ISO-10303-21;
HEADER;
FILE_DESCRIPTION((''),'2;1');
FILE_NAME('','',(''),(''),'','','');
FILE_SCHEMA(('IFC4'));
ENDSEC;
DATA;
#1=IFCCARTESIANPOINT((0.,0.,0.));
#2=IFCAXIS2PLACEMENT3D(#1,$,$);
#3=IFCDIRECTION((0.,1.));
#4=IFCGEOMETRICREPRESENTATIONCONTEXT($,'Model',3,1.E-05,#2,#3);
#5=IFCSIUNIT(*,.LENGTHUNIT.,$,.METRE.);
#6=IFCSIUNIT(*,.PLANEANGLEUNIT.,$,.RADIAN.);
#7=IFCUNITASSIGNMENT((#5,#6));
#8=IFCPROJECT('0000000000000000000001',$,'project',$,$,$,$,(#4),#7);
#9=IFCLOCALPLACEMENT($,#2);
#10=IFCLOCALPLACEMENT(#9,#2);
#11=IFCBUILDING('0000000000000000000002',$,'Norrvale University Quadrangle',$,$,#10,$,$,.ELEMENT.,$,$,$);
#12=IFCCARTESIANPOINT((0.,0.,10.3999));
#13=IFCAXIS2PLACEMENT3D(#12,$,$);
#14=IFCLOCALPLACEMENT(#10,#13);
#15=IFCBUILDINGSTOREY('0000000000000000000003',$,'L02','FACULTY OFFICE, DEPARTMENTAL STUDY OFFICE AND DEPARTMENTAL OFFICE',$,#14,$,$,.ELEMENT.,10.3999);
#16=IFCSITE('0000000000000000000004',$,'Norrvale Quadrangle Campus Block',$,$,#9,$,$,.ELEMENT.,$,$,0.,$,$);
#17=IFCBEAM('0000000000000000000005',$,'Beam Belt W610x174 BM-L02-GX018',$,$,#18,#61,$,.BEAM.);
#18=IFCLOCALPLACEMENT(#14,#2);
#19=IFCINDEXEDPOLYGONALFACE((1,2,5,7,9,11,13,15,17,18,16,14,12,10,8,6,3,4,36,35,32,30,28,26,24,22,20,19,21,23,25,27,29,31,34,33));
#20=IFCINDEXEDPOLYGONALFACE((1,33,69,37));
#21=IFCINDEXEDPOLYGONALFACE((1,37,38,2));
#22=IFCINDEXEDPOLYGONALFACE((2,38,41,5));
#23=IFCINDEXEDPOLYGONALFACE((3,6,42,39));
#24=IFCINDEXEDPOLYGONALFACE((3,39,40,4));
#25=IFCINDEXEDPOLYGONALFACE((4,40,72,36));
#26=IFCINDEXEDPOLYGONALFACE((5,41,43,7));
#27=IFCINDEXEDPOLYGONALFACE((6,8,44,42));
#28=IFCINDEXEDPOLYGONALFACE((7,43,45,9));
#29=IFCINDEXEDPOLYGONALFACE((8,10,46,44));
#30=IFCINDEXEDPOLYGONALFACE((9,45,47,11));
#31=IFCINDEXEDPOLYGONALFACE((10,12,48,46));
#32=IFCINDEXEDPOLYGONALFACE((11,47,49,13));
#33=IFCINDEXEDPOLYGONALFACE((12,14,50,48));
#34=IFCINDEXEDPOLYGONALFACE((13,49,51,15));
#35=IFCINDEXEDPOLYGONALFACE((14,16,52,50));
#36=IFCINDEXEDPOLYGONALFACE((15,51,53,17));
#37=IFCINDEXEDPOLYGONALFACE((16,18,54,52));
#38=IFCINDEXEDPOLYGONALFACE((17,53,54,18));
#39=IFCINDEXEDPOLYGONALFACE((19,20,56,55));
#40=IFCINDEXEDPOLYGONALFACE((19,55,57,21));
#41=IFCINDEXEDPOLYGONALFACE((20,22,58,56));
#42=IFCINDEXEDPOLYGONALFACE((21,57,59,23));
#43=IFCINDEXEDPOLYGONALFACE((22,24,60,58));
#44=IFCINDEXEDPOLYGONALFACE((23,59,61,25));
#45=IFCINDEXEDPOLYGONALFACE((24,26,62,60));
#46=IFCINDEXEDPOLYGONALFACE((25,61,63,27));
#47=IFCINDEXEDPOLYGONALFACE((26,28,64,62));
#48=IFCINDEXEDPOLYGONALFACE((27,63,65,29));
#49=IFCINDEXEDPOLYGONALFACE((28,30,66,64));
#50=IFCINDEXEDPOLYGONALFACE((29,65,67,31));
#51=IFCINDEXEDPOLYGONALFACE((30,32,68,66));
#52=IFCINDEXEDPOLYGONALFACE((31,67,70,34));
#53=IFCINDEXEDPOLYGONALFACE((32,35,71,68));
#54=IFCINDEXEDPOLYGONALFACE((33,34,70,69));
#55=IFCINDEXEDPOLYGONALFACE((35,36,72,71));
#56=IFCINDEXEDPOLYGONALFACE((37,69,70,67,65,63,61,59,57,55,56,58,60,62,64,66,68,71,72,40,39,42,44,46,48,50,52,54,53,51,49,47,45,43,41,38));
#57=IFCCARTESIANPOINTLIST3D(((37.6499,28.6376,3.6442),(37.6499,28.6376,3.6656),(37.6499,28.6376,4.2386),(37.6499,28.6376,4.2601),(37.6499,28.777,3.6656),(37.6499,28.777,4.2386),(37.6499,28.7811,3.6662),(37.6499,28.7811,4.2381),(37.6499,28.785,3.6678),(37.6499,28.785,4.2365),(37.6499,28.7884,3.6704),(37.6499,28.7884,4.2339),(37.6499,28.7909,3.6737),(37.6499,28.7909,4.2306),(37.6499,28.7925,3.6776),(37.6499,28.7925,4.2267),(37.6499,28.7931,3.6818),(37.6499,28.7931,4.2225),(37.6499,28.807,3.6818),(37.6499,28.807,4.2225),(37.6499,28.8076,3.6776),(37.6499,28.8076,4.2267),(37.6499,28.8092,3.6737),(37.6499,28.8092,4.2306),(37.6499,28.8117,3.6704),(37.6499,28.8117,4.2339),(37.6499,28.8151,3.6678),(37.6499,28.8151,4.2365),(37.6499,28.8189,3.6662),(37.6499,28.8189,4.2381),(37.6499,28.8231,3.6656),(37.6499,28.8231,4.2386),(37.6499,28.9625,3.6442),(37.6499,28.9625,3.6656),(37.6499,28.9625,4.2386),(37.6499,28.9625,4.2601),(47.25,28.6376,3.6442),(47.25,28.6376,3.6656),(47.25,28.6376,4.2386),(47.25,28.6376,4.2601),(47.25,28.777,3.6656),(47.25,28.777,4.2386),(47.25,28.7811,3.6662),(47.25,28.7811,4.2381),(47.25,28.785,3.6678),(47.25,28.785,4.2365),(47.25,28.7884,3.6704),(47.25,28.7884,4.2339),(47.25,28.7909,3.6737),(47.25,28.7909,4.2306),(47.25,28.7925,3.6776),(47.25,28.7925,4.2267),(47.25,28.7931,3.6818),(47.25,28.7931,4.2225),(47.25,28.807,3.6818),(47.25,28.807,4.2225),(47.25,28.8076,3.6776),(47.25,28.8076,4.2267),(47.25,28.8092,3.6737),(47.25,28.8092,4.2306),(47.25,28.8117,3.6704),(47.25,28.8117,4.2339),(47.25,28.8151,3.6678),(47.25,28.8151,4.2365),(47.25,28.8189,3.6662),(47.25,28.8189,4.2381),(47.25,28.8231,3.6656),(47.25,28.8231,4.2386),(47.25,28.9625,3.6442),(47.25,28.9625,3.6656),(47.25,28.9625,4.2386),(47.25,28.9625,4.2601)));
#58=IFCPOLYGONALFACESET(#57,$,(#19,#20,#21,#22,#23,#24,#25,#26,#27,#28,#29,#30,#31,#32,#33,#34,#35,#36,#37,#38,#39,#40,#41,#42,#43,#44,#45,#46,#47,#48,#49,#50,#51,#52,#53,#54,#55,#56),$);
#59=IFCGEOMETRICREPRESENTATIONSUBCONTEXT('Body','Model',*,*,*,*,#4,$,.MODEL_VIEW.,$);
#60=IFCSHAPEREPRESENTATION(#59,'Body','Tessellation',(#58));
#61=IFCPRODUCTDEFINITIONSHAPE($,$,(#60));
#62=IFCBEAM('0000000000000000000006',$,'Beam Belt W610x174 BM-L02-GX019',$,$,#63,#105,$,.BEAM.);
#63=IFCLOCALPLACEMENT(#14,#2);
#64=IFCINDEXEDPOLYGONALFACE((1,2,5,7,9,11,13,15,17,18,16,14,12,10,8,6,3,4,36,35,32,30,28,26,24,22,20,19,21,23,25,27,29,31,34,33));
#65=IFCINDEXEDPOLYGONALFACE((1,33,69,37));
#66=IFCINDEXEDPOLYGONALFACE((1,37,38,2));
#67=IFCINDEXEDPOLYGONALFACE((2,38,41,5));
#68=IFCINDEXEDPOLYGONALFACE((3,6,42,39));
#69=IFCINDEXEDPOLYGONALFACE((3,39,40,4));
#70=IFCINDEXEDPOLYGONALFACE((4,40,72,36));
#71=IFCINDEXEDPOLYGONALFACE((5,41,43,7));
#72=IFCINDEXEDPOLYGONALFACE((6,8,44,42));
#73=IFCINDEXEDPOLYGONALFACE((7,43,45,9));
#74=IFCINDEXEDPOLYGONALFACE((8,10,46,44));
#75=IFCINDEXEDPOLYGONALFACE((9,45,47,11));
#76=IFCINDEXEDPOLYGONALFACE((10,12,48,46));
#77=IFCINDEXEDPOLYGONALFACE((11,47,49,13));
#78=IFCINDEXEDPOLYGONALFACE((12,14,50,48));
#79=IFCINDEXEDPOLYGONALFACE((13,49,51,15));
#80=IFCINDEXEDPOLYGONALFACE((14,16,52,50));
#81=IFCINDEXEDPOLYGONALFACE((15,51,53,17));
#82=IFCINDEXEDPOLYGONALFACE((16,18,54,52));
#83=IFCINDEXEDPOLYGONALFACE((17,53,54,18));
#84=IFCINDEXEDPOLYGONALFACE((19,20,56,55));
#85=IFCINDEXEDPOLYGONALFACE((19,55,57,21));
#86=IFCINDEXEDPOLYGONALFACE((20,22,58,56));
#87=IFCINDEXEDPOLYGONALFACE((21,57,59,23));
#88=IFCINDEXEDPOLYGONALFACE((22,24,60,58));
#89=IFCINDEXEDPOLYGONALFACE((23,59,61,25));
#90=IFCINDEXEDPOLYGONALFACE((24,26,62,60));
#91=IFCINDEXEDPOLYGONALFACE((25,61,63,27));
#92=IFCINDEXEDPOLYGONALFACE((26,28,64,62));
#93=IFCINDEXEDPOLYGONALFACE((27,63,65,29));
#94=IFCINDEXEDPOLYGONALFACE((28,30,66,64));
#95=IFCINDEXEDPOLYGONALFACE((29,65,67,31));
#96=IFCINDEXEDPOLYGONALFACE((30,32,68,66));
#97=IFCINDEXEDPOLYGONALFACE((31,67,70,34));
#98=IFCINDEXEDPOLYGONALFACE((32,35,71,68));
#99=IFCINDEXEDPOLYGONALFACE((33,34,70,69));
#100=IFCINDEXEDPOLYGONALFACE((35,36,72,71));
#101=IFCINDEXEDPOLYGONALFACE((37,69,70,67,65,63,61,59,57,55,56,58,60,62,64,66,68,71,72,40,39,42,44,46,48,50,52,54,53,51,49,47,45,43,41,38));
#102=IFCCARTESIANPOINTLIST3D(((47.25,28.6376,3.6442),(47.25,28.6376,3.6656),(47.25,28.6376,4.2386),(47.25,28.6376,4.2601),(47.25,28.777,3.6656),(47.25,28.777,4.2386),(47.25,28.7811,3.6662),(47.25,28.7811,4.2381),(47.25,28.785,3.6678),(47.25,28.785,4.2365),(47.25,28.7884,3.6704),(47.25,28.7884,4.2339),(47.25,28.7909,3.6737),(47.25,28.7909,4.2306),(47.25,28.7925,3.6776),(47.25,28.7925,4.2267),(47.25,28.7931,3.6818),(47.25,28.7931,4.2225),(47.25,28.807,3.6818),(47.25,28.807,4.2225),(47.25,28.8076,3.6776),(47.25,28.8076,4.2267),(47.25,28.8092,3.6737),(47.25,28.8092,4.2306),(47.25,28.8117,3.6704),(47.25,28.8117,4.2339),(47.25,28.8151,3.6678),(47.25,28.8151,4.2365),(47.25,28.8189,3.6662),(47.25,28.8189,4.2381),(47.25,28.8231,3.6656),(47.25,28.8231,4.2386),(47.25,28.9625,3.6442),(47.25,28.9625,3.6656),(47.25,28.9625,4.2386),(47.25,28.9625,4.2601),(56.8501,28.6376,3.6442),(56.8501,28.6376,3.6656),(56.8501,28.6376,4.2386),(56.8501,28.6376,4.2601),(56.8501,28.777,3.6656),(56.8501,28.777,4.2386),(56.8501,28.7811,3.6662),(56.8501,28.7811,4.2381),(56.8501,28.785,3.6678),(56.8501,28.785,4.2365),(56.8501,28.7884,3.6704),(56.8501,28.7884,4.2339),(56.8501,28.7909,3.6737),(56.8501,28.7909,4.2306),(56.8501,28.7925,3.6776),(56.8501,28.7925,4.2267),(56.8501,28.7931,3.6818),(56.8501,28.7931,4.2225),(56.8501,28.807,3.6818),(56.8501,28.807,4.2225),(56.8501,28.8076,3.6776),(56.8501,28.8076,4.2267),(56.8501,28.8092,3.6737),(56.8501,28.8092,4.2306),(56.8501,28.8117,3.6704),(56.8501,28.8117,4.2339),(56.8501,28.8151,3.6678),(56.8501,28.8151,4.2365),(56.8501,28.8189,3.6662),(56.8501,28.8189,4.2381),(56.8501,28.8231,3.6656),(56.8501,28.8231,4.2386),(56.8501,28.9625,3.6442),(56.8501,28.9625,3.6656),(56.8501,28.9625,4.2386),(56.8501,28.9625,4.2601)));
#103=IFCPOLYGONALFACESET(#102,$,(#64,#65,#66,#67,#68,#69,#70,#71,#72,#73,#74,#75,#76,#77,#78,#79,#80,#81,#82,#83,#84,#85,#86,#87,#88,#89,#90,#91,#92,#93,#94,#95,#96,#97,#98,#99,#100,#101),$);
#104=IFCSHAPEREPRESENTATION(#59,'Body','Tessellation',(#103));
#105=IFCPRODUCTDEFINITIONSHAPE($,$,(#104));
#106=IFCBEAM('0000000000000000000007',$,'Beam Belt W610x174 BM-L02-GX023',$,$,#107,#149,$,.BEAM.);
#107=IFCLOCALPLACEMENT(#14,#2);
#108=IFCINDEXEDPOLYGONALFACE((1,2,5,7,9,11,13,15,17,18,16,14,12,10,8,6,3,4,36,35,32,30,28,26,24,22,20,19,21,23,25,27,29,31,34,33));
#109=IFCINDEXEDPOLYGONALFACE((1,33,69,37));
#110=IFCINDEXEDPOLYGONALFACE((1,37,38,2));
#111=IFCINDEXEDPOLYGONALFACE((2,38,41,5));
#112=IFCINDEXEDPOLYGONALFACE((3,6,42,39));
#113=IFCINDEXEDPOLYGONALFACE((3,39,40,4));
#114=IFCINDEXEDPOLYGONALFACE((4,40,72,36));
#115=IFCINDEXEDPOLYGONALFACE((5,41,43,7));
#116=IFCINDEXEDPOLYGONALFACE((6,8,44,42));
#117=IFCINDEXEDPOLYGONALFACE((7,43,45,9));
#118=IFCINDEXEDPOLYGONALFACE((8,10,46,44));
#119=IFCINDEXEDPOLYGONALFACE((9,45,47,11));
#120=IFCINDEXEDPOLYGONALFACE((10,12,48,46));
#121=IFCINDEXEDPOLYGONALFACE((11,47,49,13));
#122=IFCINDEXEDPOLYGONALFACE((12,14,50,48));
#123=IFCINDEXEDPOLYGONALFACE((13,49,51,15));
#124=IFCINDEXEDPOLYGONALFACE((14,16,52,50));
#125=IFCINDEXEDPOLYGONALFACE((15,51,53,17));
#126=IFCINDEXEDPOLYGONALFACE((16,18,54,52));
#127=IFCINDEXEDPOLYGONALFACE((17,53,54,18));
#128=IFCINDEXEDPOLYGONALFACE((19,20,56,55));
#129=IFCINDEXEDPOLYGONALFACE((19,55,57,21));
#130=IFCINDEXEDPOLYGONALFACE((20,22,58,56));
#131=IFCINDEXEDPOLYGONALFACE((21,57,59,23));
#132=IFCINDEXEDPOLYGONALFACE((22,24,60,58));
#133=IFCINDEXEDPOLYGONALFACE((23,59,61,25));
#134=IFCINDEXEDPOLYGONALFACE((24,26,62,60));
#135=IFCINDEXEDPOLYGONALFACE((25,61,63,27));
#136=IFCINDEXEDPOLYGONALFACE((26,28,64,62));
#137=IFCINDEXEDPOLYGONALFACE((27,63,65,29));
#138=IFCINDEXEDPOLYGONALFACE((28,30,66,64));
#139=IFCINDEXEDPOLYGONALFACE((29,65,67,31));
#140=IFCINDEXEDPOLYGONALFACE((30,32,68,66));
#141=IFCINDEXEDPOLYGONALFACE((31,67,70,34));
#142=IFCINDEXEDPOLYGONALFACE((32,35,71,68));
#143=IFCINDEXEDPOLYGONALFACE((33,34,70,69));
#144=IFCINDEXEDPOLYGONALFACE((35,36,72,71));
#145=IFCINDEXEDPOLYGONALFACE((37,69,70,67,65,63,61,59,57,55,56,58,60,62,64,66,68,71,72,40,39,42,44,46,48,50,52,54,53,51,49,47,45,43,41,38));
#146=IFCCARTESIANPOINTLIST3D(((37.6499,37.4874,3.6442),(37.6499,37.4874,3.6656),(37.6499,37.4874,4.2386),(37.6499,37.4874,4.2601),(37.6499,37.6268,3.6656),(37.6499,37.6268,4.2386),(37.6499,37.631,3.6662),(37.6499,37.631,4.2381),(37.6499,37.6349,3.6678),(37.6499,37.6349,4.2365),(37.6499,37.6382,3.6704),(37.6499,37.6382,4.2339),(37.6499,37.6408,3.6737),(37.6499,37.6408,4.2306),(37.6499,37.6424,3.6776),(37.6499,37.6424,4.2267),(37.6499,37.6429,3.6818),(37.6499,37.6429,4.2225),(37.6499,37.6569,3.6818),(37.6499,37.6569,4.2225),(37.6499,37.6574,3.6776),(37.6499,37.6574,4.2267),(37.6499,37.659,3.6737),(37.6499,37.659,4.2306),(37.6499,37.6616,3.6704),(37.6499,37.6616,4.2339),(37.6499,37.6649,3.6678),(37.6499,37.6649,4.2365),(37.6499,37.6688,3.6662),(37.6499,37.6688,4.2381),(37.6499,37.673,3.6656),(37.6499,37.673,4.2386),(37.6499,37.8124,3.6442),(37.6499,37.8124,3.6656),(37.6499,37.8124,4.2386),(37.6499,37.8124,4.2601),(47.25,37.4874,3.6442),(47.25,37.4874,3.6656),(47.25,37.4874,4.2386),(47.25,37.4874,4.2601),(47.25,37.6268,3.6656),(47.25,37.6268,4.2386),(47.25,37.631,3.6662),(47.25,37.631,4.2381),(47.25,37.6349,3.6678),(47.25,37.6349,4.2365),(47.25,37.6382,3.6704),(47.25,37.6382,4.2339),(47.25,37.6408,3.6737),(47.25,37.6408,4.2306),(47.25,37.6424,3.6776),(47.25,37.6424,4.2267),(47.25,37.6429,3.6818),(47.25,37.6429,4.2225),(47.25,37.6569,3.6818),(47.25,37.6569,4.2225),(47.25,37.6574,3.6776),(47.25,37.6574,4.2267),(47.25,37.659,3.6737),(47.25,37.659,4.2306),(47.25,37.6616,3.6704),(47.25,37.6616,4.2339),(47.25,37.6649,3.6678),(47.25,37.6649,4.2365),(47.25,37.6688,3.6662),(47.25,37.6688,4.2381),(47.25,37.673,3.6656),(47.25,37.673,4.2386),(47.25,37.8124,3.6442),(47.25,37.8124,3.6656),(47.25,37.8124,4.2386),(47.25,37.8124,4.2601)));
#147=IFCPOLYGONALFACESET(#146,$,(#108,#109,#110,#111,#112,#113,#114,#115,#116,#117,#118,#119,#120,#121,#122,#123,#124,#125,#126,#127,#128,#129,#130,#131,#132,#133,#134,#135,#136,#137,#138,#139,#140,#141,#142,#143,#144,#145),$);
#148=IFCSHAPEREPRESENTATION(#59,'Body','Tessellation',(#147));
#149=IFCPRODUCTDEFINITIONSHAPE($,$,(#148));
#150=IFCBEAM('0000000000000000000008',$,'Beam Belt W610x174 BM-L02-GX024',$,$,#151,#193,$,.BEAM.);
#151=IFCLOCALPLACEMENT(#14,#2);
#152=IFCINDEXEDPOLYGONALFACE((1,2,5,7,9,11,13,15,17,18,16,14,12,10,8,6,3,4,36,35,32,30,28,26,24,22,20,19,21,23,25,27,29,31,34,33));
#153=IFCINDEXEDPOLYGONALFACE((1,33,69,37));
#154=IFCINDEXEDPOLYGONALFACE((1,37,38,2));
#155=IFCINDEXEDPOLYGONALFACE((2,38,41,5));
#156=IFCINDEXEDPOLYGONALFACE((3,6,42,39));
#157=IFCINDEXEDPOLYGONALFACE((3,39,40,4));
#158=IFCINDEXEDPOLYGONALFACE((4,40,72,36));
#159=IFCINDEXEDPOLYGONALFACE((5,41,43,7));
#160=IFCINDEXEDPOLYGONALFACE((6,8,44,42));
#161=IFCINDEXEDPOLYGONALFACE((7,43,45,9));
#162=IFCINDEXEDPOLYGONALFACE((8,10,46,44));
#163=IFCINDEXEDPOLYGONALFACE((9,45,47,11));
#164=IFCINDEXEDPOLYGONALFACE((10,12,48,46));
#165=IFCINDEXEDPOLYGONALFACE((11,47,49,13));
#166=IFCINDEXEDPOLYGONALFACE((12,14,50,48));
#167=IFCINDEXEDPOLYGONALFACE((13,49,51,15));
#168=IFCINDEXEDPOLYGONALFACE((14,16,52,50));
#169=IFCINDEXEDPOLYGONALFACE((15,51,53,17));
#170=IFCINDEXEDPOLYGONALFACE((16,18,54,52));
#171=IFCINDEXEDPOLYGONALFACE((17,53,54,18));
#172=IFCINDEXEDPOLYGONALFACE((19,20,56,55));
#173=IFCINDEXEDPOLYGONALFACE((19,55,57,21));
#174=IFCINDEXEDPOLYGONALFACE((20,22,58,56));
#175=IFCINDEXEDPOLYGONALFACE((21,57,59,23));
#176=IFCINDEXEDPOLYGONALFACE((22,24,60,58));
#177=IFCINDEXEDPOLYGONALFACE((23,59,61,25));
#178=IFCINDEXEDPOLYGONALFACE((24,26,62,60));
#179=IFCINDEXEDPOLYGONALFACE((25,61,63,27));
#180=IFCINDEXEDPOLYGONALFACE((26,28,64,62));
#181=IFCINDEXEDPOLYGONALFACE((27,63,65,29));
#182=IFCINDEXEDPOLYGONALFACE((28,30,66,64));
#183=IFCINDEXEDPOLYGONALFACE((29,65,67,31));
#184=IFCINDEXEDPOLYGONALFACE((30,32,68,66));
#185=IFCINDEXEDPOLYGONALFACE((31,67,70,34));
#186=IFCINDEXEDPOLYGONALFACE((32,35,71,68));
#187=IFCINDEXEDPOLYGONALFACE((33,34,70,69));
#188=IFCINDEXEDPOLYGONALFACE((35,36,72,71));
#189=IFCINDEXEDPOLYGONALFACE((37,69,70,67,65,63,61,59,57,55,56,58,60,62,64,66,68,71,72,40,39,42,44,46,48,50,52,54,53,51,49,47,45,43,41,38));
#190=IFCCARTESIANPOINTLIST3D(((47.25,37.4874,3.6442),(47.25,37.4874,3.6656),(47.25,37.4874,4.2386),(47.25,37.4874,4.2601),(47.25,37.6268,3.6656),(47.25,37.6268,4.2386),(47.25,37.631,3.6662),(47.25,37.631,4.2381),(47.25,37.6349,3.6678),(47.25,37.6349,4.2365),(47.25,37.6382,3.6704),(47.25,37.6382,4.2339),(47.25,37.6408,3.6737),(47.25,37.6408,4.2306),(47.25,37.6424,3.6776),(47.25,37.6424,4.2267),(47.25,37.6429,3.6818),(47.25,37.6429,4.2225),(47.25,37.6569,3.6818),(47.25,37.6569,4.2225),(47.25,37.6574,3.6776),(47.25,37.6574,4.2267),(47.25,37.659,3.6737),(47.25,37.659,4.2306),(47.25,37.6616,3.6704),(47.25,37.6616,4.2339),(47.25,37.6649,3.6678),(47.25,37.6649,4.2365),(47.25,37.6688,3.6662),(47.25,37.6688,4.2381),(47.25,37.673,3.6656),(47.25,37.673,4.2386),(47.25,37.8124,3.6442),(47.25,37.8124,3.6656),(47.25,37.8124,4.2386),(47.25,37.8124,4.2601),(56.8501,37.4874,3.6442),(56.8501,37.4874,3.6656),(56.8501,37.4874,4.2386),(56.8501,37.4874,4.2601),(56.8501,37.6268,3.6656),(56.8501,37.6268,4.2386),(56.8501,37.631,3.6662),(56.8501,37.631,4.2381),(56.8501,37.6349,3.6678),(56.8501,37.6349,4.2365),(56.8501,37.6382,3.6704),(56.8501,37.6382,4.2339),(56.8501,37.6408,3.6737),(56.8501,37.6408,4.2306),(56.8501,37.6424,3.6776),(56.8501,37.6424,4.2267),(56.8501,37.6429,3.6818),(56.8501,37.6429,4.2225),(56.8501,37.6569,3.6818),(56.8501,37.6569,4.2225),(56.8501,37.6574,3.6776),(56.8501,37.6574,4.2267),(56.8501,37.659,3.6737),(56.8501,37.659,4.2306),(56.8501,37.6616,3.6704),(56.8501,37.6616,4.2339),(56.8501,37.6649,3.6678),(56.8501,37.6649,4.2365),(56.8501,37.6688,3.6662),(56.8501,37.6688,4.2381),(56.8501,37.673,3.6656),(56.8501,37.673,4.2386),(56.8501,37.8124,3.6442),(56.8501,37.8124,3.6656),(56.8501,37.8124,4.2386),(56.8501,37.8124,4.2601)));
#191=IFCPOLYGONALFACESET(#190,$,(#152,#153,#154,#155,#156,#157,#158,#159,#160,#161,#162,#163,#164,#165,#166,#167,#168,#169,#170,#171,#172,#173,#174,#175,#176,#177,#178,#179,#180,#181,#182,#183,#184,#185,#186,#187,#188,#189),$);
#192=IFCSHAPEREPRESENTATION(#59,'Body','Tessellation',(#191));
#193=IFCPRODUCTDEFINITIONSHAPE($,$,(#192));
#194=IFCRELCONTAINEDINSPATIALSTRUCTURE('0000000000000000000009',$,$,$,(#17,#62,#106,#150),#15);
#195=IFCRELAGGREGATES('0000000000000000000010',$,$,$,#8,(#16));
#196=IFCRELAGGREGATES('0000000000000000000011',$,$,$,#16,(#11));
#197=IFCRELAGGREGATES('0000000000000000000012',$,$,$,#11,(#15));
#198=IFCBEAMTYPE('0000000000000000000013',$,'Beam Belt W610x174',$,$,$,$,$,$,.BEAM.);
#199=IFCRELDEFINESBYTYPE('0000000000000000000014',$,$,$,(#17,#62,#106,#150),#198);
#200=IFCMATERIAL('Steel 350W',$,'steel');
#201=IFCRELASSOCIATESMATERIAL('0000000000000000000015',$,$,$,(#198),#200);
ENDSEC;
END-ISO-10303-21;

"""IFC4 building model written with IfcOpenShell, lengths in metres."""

from ifc_helpers import new_model, si_unit, direction, frame, origin, origin_2d, place, context, subcontext, project, spatial, i_section, extrude, material, material_profile, profile_set, type_object, element, save


model = new_model("IFC4")

# Units and contexts
model_context = context("Model", 3, precision=1e-05, world=origin(), true_north=direction((0.0, 1.0)))
body_context = subcontext(model_context, "Body", "Model", "MODEL_VIEW")
ifc_project = project(units=[si_unit("LENGTHUNIT", "METRE"), si_unit("PLANEANGLEUNIT", "RADIAN")], contexts=[model_context])

# Site, building, storey
site_placement = place(None, origin())
site = spatial("IfcSite", under=ifc_project, at=site_placement, Name="Norrvale Quadrangle Campus Block", CompositionType="ELEMENT", RefElevation=0.0)
building_placement = place(site_placement, origin())
building = spatial("IfcBuilding", under=site, at=building_placement, Name="Norrvale University Quadrangle", CompositionType="ELEMENT")
storey_placement = place(building_placement, frame((0.0, 0.0, 10.3999)))
storey = spatial("IfcBuildingStorey", under=building, at=storey_placement, Name="L02", Description="FACULTY OFFICE, DEPARTMENTAL STUDY OFFICE AND DEPARTMENTAL OFFICE", CompositionType="ELEMENT", Elevation=10.3999)

# Beams
ifc_material_1 = material(Name="Steel 350W", Category="steel")
ifc_material_profile_1 = material_profile(ifc_material_1, i_section(OverallWidth=0.325, OverallDepth=0.616, WebThickness=0.0139, FlangeThickness=0.0215, FilletRadius=0.0161, at=origin_2d()), Name="Steel 350W")
ifc_profile_set_1 = profile_set([ifc_material_profile_1], Name="Steel 350W")
beam_type_1 = type_object("IfcBeamType", Name="Beam Belt W610x174", PredefinedType="BEAM", material=ifc_profile_set_1)
for number, where, z_axis, x_axis, name in (
    (1, (37.6499, 28.8, 3.9521), (1.0, 0.0, 0.0), (0.0, 1.0, 0.0), "Beam Belt W610x174 BM-L02-GX018"),
    (2, (47.25, 28.8, 3.9521), (1.0, 0.0, 0.0), (0.0, 1.0, 0.0), "Beam Belt W610x174 BM-L02-GX019"),
    (3, (37.6499, 37.6499, 3.9521), (1.0, 0.0, 0.0), (0.0, 1.0, 0.0), "Beam Belt W610x174 BM-L02-GX023"),
    (4, (47.25, 37.6499, 3.9521), (1.0, 0.0, 0.0), (0.0, 1.0, 0.0), "Beam Belt W610x174 BM-L02-GX024"),
):
    element("IfcBeam", number, at=place(storey_placement, frame(where, z_axis=z_axis, x_axis=x_axis)), inside=storey, type_object=beam_type_1, Name=name, PredefinedType="BEAM", context=body_context, shape_type="SweptSolid", body=[
        extrude(i_section(OverallWidth=0.325, OverallDepth=0.616, WebThickness=0.0139, FlangeThickness=0.0215, FilletRadius=0.0161, at=origin_2d()), origin(), (0.0, 0.0, 1.0), 9.6001),
    ])

save(model, "model.ifc")
